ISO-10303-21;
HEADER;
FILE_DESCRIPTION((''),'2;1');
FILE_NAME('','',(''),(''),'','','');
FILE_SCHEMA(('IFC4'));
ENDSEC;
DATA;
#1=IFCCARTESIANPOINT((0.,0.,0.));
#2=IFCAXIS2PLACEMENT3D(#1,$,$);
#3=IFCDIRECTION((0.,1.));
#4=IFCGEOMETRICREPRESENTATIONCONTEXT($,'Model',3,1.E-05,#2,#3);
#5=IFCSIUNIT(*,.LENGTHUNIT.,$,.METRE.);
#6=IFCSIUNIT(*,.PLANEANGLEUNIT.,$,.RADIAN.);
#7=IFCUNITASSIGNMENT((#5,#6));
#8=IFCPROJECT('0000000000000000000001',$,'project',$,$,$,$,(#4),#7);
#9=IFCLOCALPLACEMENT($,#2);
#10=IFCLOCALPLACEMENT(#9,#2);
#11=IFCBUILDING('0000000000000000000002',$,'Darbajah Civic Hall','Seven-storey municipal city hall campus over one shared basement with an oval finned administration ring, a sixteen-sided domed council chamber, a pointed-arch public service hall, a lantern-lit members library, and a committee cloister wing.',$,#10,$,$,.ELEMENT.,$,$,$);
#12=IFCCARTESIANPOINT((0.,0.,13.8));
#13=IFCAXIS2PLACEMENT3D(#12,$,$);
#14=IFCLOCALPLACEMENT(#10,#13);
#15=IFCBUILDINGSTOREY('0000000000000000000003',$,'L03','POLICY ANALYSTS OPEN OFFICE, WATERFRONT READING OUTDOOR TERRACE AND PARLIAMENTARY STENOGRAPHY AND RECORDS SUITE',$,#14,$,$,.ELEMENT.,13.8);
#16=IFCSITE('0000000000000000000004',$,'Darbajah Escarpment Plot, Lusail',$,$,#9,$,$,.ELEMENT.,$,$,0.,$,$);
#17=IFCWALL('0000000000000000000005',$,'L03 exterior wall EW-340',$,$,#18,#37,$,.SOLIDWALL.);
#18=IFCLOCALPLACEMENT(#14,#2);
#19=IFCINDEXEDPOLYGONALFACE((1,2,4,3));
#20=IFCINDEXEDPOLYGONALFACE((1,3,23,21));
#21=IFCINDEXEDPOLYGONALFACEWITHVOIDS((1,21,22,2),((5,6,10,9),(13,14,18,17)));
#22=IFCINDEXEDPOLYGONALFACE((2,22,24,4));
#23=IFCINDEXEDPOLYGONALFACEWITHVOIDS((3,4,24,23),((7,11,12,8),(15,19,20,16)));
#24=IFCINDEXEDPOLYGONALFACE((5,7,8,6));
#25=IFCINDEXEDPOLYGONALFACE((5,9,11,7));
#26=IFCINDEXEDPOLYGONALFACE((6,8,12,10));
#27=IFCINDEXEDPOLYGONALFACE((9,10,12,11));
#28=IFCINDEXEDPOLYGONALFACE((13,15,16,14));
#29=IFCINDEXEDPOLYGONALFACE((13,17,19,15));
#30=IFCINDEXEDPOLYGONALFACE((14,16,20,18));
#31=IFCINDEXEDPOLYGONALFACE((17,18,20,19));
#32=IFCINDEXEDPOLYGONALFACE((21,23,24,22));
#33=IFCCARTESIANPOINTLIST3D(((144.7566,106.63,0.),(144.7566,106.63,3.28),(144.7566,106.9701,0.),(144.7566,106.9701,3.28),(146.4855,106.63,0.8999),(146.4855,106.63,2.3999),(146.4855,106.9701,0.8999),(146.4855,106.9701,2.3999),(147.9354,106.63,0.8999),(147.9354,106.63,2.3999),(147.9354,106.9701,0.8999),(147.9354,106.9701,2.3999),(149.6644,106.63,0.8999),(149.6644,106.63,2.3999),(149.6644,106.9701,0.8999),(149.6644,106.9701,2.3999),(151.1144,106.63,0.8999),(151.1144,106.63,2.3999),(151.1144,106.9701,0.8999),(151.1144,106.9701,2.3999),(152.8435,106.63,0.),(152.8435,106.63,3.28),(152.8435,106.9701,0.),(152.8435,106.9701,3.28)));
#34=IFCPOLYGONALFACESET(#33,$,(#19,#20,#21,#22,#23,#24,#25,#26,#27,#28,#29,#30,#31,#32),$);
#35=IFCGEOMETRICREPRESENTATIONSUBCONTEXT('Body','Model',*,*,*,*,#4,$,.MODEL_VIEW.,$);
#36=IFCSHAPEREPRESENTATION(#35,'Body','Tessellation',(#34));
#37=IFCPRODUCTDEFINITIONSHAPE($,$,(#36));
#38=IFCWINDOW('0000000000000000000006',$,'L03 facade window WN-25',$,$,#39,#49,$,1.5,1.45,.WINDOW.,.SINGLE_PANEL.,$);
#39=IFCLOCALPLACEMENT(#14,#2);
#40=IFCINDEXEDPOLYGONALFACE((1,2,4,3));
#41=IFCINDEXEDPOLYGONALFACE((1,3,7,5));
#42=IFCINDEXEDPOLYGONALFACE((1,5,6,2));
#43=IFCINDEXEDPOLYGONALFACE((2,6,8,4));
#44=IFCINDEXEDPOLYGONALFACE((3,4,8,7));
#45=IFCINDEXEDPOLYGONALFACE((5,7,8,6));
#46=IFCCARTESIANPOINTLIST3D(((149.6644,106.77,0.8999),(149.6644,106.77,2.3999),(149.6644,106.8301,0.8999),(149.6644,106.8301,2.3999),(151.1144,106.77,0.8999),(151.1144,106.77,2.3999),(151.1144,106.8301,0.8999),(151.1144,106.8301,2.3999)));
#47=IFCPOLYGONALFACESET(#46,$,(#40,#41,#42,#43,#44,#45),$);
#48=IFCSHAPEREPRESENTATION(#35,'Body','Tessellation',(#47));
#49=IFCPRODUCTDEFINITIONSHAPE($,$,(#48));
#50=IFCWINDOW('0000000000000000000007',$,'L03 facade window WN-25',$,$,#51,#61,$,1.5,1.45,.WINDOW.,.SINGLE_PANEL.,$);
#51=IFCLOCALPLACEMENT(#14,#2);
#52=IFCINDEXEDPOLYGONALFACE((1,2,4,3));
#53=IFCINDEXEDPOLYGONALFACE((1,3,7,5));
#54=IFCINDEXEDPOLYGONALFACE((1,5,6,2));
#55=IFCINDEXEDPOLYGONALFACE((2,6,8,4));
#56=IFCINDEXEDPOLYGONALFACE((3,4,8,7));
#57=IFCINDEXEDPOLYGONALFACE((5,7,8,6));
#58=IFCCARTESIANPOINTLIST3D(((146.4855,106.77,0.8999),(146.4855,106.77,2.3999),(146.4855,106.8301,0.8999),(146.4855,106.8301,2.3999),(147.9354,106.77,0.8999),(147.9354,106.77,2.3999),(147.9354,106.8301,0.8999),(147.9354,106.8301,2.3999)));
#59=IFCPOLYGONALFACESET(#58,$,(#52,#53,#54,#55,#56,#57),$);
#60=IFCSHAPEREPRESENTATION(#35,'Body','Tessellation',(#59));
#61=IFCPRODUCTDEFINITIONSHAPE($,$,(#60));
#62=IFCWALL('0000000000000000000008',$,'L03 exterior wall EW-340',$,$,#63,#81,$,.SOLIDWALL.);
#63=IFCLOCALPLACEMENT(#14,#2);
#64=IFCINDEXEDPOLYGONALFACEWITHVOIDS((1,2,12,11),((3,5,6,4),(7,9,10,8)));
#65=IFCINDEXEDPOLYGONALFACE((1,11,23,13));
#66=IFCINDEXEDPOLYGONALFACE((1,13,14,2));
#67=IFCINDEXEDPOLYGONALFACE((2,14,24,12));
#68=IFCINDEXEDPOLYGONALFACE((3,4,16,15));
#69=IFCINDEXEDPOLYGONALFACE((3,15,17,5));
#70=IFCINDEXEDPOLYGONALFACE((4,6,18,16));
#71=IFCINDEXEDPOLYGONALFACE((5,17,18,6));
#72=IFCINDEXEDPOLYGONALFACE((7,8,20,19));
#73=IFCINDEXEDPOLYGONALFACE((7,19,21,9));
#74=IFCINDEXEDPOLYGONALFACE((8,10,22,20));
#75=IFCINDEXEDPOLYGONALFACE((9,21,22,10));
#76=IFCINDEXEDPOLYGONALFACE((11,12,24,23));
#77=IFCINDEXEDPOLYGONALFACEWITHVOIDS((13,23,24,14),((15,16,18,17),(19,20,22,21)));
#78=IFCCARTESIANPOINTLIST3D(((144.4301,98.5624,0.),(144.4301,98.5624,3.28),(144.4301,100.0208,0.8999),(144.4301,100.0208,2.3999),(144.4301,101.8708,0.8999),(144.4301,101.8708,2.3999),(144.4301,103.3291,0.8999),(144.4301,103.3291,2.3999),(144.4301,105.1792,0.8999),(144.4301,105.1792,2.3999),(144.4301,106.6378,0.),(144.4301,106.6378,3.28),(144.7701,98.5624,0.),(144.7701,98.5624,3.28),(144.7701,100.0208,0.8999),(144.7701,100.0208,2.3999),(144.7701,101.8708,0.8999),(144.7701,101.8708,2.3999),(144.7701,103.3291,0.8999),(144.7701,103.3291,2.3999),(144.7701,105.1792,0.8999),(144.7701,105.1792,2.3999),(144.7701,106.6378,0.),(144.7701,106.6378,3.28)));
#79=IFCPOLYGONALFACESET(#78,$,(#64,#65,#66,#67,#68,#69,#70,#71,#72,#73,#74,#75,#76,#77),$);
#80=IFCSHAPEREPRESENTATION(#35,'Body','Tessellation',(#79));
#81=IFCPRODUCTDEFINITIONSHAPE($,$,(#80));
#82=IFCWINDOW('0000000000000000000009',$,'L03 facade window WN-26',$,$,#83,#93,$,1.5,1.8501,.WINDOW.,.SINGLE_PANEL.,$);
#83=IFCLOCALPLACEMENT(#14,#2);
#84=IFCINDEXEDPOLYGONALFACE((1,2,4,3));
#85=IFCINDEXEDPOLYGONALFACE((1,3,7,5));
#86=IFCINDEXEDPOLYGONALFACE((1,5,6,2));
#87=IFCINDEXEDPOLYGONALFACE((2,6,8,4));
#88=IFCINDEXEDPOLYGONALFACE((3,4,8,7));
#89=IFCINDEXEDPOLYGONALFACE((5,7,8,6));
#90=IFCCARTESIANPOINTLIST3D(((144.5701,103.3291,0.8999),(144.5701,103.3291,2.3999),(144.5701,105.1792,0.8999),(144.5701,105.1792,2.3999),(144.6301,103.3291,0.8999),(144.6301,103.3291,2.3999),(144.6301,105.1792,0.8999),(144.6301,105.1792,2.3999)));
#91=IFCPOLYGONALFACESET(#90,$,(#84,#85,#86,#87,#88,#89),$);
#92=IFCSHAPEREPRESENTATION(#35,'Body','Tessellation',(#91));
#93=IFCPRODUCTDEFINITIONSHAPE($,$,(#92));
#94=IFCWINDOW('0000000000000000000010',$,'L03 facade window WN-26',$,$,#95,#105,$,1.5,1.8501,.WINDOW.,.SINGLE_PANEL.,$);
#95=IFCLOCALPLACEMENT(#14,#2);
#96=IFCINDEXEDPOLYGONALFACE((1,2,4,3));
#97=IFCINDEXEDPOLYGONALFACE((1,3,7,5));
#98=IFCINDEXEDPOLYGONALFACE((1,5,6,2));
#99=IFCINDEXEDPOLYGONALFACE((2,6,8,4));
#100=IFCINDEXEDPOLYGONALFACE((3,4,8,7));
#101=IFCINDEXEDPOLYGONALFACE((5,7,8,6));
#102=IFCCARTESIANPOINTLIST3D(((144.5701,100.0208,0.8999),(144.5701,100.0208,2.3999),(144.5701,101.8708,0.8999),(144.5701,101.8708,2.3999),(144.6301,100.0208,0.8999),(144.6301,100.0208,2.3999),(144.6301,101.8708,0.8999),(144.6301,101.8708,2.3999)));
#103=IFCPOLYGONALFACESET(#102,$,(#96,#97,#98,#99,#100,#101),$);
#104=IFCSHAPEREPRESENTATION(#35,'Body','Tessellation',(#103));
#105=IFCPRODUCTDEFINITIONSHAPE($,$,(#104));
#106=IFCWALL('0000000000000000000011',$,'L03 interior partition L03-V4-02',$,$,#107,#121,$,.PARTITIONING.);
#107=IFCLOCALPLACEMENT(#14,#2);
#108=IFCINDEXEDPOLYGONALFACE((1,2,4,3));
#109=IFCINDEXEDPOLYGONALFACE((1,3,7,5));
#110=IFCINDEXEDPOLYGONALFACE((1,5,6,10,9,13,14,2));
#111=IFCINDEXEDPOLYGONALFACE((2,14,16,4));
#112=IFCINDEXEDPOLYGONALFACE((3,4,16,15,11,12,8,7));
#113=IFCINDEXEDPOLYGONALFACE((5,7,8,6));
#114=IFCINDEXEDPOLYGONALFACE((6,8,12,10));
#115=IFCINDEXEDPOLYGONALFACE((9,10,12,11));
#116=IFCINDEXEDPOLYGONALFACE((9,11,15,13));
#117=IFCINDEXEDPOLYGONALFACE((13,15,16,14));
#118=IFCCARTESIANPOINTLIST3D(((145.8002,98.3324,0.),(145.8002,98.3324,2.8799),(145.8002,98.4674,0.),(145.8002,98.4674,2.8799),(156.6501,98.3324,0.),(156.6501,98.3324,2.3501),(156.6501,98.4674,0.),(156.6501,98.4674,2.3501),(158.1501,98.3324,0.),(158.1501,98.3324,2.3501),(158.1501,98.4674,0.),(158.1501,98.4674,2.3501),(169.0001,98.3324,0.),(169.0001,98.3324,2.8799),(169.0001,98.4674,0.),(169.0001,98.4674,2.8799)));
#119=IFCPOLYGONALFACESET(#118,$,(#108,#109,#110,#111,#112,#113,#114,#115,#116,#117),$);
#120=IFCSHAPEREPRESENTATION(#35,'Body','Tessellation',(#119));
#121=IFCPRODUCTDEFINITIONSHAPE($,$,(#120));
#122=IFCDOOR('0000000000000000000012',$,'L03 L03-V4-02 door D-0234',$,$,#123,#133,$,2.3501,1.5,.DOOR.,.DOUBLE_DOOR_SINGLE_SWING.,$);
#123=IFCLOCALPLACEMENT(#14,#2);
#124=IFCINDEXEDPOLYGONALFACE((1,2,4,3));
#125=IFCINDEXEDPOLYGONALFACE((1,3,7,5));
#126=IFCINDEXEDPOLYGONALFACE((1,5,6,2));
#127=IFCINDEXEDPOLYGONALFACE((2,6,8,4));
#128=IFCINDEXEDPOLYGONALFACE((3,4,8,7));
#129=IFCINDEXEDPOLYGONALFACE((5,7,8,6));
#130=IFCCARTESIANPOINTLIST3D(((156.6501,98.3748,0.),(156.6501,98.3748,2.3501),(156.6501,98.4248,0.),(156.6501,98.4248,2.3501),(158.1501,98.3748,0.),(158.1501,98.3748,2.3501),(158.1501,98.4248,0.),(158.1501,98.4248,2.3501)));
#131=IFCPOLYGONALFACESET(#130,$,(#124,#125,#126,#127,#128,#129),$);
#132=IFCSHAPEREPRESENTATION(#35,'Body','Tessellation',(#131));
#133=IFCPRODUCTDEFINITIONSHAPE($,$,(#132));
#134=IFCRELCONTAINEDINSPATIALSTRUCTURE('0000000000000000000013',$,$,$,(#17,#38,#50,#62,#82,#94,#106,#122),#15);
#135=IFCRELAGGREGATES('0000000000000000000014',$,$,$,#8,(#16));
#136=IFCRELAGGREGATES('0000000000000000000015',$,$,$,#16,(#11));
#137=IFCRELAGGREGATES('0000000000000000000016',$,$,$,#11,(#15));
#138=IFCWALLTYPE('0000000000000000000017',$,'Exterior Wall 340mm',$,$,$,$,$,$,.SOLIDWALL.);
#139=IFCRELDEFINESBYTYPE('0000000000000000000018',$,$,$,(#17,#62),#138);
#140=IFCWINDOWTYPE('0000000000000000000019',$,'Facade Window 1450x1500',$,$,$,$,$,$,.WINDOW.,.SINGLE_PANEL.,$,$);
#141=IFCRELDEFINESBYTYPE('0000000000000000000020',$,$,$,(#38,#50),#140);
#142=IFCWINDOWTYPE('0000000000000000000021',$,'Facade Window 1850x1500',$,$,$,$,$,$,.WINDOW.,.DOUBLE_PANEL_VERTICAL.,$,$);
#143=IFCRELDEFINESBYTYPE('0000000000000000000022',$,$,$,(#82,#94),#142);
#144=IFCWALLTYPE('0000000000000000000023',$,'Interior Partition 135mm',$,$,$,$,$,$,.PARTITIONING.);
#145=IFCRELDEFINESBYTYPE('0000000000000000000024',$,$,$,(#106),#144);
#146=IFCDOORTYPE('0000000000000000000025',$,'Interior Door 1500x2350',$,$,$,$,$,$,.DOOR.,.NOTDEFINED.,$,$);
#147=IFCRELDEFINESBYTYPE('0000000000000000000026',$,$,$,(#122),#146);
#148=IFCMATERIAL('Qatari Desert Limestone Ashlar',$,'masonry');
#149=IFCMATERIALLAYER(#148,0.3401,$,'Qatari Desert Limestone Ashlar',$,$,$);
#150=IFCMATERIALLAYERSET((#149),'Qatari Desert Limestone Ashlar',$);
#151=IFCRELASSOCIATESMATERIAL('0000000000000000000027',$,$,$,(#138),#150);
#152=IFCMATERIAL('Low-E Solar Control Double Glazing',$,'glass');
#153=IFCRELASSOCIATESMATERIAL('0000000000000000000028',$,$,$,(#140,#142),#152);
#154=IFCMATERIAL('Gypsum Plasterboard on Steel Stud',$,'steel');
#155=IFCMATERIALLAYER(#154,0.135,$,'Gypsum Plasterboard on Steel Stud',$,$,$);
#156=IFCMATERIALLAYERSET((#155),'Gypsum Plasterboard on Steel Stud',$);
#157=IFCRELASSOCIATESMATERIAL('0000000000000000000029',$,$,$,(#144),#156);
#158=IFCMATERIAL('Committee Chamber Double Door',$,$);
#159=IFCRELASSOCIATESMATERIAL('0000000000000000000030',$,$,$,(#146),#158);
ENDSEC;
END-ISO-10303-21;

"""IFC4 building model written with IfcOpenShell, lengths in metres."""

from ifc_helpers import new_model, si_unit, direction, frame, frame_2d, origin, place, context, subcontext, project, spatial, rectangle, extrude, material, layer, layer_set, type_object, element, fill, save


model = new_model("IFC4")

# Units and contexts
model_context = context("Model", 3, precision=1e-05, world=origin(), true_north=direction((0.0, 1.0)))
body_context = subcontext(model_context, "Body", "Model", "MODEL_VIEW")
ifc_project = project(units=[si_unit("LENGTHUNIT", "METRE"), si_unit("PLANEANGLEUNIT", "RADIAN")], contexts=[model_context])

# Site, building, storey
site_placement = place(None, origin())
site = spatial("IfcSite", under=ifc_project, at=site_placement, Name="Darbajah Escarpment Plot, Lusail", CompositionType="ELEMENT", RefElevation=0.0)
building_placement = place(site_placement, origin())
building = spatial("IfcBuilding", under=site, at=building_placement, Name="Darbajah Civic Hall", Description="Seven-storey municipal city hall campus over one shared basement with an oval finned administration ring, a sixteen-sided domed council chamber, a pointed-arch public service hall, a lantern-lit members library, and a committee cloister wing.", CompositionType="ELEMENT")
storey_placement = place(building_placement, frame((0.0, 0.0, 13.8)))
storey = spatial("IfcBuildingStorey", under=building, at=storey_placement, Name="L03", Description="POLICY ANALYSTS OPEN OFFICE, WATERFRONT READING OUTDOOR TERRACE AND PARLIAMENTARY STENOGRAPHY AND RECORDS SUITE", CompositionType="ELEMENT", Elevation=13.8)

# Walls, openings, windows
ifc_material_1 = material(Name="Qatari Desert Limestone Ashlar", Category="masonry")
ifc_layer_1 = layer(ifc_material_1, 0.3401, Name="Qatari Desert Limestone Ashlar")
ifc_layer_set_1 = layer_set([ifc_layer_1], Name="Qatari Desert Limestone Ashlar")
wall_type_1 = type_object("IfcWallType", Name="Exterior Wall 340mm", PredefinedType="SOLIDWALL", material=ifc_layer_set_1)
wall_1_placement = place(storey_placement, frame((152.8435, 106.8, 0.0), z_axis=(0.0, 0.0, 1.0), x_axis=(-1.0, 0.0, 0.0)))
wall_1 = element("IfcWall", 1, at=wall_1_placement, inside=storey, type_object=wall_type_1, Name="L03 exterior wall EW-340", PredefinedType="SOLIDWALL", context=body_context, shape_type="SweptSolid", body=[
    extrude(rectangle(XDim=8.0869, YDim=0.3401, at=frame_2d((4.0435, 0.0))), origin(), (0.0, 0.0, 1.0), 3.28),
])
opening_1_placement = place(wall_1_placement, frame((1.729, 0.0, 0.8999)))
opening_1 = element("IfcOpeningElement", 2, at=opening_1_placement, cuts=wall_1, PredefinedType="OPENING", context=body_context, shape_type="SweptSolid", body=[
    extrude(rectangle(XDim=1.45, YDim=1.5, at=frame_2d((0.7251, 0.75))), frame((0.0, 0.1799, 0.0), z_axis=(0.0, -1.0, 0.0), x_axis=(1.0, 0.0, 0.0)), (0.0, 0.0, 1.0), 0.3601),
])
opening_2_placement = place(wall_1_placement, frame((4.908, 0.0, 0.8999)))
opening_2 = element("IfcOpeningElement", 3, at=opening_2_placement, cuts=wall_1, PredefinedType="OPENING", context=body_context, shape_type="SweptSolid", body=[
    extrude(rectangle(XDim=1.45, YDim=1.5, at=frame_2d((0.7251, 0.75))), frame((0.0, 0.1799, 0.0), z_axis=(0.0, -1.0, 0.0), x_axis=(1.0, 0.0, 0.0)), (0.0, 0.0, 1.0), 0.3601),
])
ifc_material_2 = material(Name="Low-E Solar Control Double Glazing", Category="glass")
window_type_1 = type_object("IfcWindowType", Name="Facade Window 1450x1500", PartitioningType="SINGLE_PANEL", PredefinedType="WINDOW", material=ifc_material_2)
window_1_placement = place(opening_1_placement, origin())
window_1 = element("IfcWindow", 4, at=window_1_placement, inside=storey, type_object=window_type_1, Name="L03 facade window WN-25", OverallHeight=1.5, OverallWidth=1.45, PartitioningType="SINGLE_PANEL", PredefinedType="WINDOW", context=body_context, shape_type="SweptSolid", body=[
    extrude(rectangle(XDim=1.45, YDim=1.5, at=frame_2d((0.7251, 0.75))), frame((0.0, 0.03, 0.0), z_axis=(0.0, -1.0, 0.0), x_axis=(1.0, 0.0, 0.0)), (0.0, 0.0, 1.0), 0.0601),
])
fill(opening_1, window_1)
window_2_placement = place(opening_2_placement, origin())
window_2 = element("IfcWindow", 5, at=window_2_placement, inside=storey, type_object=window_type_1, Name="L03 facade window WN-25", OverallHeight=1.5, OverallWidth=1.45, PartitioningType="SINGLE_PANEL", PredefinedType="WINDOW", context=body_context, shape_type="SweptSolid", body=[
    extrude(rectangle(XDim=1.45, YDim=1.5, at=frame_2d((0.7251, 0.75))), frame((0.0, 0.03, 0.0), z_axis=(0.0, -1.0, 0.0), x_axis=(1.0, 0.0, 0.0)), (0.0, 0.0, 1.0), 0.0601),
])
fill(opening_2, window_2)
wall_2_placement = place(storey_placement, frame((144.6001, 106.6377, 0.0), z_axis=(0.0, 0.0, 1.0), x_axis=(0.0, -1.0, 0.0)))
wall_2 = element("IfcWall", 6, at=wall_2_placement, inside=storey, type_object=wall_type_1, Name="L03 exterior wall EW-340", PredefinedType="SOLIDWALL", context=body_context, shape_type="SweptSolid", body=[
    extrude(rectangle(XDim=8.0754, YDim=0.3401, at=frame_2d((4.0376, 0.0))), origin(), (0.0, 0.0, 1.0), 3.28),
])
opening_3_placement = place(wall_2_placement, frame((1.4585, 0.0, 0.8999)))
opening_3 = element("IfcOpeningElement", 7, at=opening_3_placement, cuts=wall_2, PredefinedType="OPENING", context=body_context, shape_type="SweptSolid", body=[
    extrude(rectangle(XDim=1.8501, YDim=1.5, at=frame_2d((0.925, 0.75))), frame((0.0, 0.1799, 0.0), z_axis=(0.0, -1.0, 0.0), x_axis=(1.0, 0.0, 0.0)), (0.0, 0.0, 1.0), 0.3601),
])
opening_4_placement = place(wall_2_placement, frame((4.7668, 0.0, 0.8999)))
opening_4 = element("IfcOpeningElement", 8, at=opening_4_placement, cuts=wall_2, PredefinedType="OPENING", context=body_context, shape_type="SweptSolid", body=[
    extrude(rectangle(XDim=1.8501, YDim=1.5, at=frame_2d((0.925, 0.75))), frame((0.0, 0.1799, 0.0), z_axis=(0.0, -1.0, 0.0), x_axis=(1.0, 0.0, 0.0)), (0.0, 0.0, 1.0), 0.3601),
])
window_type_2 = type_object("IfcWindowType", Name="Facade Window 1850x1500", PartitioningType="DOUBLE_PANEL_VERTICAL", PredefinedType="WINDOW", material=ifc_material_2)
window_3_placement = place(opening_3_placement, origin())
window_3 = element("IfcWindow", 9, at=window_3_placement, inside=storey, type_object=window_type_2, Name="L03 facade window WN-26", OverallHeight=1.5, OverallWidth=1.8501, PartitioningType="SINGLE_PANEL", PredefinedType="WINDOW", context=body_context, shape_type="SweptSolid", body=[
    extrude(rectangle(XDim=1.8501, YDim=1.5, at=frame_2d((0.925, 0.75))), frame((0.0, 0.03, 0.0), z_axis=(0.0, -1.0, 0.0), x_axis=(1.0, 0.0, 0.0)), (0.0, 0.0, 1.0), 0.0601),
])
fill(opening_3, window_3)
window_4_placement = place(opening_4_placement, origin())
window_4 = element("IfcWindow", 10, at=window_4_placement, inside=storey, type_object=window_type_2, Name="L03 facade window WN-26", OverallHeight=1.5, OverallWidth=1.8501, PartitioningType="SINGLE_PANEL", PredefinedType="WINDOW", context=body_context, shape_type="SweptSolid", body=[
    extrude(rectangle(XDim=1.8501, YDim=1.5, at=frame_2d((0.925, 0.75))), frame((0.0, 0.03, 0.0), z_axis=(0.0, -1.0, 0.0), x_axis=(1.0, 0.0, 0.0)), (0.0, 0.0, 1.0), 0.0601),
])
fill(opening_4, window_4)

# Wall, opening, door
ifc_material_3 = material(Name="Gypsum Plasterboard on Steel Stud", Category="steel")
ifc_layer_2 = layer(ifc_material_3, 0.135, Name="Gypsum Plasterboard on Steel Stud")
ifc_layer_set_2 = layer_set([ifc_layer_2], Name="Gypsum Plasterboard on Steel Stud")
wall_type_2 = type_object("IfcWallType", Name="Interior Partition 135mm", PredefinedType="PARTITIONING", material=ifc_layer_set_2)
wall_3_placement = place(storey_placement, frame((145.8, 98.3999, 0.0), z_axis=(0.0, 0.0, 1.0), x_axis=(1.0, 0.0, 0.0)))
wall_3 = element("IfcWall", 11, at=wall_3_placement, inside=storey, type_object=wall_type_2, Name="L03 interior partition L03-V4-02", PredefinedType="PARTITIONING", context=body_context, shape_type="SweptSolid", body=[
    extrude(rectangle(XDim=23.2, YDim=0.135, at=frame_2d((11.6001, 0.0))), origin(), (0.0, 0.0, 1.0), 2.8799),
])
opening_5_placement = place(wall_3_placement, frame((10.8501, 0.0, 0.0)))
opening_5 = element("IfcOpeningElement", 12, at=opening_5_placement, cuts=wall_3, PredefinedType="OPENING", context=body_context, shape_type="SweptSolid", body=[
    extrude(rectangle(XDim=1.5, YDim=2.3501, at=frame_2d((0.75, 1.175))), frame((0.0, 0.0774, 0.0), z_axis=(0.0, -1.0, 0.0), x_axis=(1.0, 0.0, 0.0)), (0.0, 0.0, 1.0), 0.155),
])
ifc_material_4 = material(Name="Committee Chamber Double Door")
door_type = type_object("IfcDoorType", Name="Interior Door 1500x2350", OperationType="NOTDEFINED", PredefinedType="DOOR", material=ifc_material_4)
door_placement = place(opening_5_placement, origin())
door = element("IfcDoor", 13, at=door_placement, inside=storey, type_object=door_type, Name="L03 L03-V4-02 door D-0234", OperationType="DOUBLE_DOOR_SINGLE_SWING", OverallHeight=2.3501, OverallWidth=1.5, PredefinedType="DOOR", context=body_context, shape_type="SweptSolid", body=[
    extrude(rectangle(XDim=1.5, YDim=2.3501, at=frame_2d((0.75, 1.175))), frame((0.0, 0.0249, 0.0), z_axis=(0.0, -1.0, 0.0), x_axis=(1.0, 0.0, 0.0)), (0.0, 0.0, 1.0), 0.05),
])
fill(opening_5, door)

save(model, "model.ifc")
